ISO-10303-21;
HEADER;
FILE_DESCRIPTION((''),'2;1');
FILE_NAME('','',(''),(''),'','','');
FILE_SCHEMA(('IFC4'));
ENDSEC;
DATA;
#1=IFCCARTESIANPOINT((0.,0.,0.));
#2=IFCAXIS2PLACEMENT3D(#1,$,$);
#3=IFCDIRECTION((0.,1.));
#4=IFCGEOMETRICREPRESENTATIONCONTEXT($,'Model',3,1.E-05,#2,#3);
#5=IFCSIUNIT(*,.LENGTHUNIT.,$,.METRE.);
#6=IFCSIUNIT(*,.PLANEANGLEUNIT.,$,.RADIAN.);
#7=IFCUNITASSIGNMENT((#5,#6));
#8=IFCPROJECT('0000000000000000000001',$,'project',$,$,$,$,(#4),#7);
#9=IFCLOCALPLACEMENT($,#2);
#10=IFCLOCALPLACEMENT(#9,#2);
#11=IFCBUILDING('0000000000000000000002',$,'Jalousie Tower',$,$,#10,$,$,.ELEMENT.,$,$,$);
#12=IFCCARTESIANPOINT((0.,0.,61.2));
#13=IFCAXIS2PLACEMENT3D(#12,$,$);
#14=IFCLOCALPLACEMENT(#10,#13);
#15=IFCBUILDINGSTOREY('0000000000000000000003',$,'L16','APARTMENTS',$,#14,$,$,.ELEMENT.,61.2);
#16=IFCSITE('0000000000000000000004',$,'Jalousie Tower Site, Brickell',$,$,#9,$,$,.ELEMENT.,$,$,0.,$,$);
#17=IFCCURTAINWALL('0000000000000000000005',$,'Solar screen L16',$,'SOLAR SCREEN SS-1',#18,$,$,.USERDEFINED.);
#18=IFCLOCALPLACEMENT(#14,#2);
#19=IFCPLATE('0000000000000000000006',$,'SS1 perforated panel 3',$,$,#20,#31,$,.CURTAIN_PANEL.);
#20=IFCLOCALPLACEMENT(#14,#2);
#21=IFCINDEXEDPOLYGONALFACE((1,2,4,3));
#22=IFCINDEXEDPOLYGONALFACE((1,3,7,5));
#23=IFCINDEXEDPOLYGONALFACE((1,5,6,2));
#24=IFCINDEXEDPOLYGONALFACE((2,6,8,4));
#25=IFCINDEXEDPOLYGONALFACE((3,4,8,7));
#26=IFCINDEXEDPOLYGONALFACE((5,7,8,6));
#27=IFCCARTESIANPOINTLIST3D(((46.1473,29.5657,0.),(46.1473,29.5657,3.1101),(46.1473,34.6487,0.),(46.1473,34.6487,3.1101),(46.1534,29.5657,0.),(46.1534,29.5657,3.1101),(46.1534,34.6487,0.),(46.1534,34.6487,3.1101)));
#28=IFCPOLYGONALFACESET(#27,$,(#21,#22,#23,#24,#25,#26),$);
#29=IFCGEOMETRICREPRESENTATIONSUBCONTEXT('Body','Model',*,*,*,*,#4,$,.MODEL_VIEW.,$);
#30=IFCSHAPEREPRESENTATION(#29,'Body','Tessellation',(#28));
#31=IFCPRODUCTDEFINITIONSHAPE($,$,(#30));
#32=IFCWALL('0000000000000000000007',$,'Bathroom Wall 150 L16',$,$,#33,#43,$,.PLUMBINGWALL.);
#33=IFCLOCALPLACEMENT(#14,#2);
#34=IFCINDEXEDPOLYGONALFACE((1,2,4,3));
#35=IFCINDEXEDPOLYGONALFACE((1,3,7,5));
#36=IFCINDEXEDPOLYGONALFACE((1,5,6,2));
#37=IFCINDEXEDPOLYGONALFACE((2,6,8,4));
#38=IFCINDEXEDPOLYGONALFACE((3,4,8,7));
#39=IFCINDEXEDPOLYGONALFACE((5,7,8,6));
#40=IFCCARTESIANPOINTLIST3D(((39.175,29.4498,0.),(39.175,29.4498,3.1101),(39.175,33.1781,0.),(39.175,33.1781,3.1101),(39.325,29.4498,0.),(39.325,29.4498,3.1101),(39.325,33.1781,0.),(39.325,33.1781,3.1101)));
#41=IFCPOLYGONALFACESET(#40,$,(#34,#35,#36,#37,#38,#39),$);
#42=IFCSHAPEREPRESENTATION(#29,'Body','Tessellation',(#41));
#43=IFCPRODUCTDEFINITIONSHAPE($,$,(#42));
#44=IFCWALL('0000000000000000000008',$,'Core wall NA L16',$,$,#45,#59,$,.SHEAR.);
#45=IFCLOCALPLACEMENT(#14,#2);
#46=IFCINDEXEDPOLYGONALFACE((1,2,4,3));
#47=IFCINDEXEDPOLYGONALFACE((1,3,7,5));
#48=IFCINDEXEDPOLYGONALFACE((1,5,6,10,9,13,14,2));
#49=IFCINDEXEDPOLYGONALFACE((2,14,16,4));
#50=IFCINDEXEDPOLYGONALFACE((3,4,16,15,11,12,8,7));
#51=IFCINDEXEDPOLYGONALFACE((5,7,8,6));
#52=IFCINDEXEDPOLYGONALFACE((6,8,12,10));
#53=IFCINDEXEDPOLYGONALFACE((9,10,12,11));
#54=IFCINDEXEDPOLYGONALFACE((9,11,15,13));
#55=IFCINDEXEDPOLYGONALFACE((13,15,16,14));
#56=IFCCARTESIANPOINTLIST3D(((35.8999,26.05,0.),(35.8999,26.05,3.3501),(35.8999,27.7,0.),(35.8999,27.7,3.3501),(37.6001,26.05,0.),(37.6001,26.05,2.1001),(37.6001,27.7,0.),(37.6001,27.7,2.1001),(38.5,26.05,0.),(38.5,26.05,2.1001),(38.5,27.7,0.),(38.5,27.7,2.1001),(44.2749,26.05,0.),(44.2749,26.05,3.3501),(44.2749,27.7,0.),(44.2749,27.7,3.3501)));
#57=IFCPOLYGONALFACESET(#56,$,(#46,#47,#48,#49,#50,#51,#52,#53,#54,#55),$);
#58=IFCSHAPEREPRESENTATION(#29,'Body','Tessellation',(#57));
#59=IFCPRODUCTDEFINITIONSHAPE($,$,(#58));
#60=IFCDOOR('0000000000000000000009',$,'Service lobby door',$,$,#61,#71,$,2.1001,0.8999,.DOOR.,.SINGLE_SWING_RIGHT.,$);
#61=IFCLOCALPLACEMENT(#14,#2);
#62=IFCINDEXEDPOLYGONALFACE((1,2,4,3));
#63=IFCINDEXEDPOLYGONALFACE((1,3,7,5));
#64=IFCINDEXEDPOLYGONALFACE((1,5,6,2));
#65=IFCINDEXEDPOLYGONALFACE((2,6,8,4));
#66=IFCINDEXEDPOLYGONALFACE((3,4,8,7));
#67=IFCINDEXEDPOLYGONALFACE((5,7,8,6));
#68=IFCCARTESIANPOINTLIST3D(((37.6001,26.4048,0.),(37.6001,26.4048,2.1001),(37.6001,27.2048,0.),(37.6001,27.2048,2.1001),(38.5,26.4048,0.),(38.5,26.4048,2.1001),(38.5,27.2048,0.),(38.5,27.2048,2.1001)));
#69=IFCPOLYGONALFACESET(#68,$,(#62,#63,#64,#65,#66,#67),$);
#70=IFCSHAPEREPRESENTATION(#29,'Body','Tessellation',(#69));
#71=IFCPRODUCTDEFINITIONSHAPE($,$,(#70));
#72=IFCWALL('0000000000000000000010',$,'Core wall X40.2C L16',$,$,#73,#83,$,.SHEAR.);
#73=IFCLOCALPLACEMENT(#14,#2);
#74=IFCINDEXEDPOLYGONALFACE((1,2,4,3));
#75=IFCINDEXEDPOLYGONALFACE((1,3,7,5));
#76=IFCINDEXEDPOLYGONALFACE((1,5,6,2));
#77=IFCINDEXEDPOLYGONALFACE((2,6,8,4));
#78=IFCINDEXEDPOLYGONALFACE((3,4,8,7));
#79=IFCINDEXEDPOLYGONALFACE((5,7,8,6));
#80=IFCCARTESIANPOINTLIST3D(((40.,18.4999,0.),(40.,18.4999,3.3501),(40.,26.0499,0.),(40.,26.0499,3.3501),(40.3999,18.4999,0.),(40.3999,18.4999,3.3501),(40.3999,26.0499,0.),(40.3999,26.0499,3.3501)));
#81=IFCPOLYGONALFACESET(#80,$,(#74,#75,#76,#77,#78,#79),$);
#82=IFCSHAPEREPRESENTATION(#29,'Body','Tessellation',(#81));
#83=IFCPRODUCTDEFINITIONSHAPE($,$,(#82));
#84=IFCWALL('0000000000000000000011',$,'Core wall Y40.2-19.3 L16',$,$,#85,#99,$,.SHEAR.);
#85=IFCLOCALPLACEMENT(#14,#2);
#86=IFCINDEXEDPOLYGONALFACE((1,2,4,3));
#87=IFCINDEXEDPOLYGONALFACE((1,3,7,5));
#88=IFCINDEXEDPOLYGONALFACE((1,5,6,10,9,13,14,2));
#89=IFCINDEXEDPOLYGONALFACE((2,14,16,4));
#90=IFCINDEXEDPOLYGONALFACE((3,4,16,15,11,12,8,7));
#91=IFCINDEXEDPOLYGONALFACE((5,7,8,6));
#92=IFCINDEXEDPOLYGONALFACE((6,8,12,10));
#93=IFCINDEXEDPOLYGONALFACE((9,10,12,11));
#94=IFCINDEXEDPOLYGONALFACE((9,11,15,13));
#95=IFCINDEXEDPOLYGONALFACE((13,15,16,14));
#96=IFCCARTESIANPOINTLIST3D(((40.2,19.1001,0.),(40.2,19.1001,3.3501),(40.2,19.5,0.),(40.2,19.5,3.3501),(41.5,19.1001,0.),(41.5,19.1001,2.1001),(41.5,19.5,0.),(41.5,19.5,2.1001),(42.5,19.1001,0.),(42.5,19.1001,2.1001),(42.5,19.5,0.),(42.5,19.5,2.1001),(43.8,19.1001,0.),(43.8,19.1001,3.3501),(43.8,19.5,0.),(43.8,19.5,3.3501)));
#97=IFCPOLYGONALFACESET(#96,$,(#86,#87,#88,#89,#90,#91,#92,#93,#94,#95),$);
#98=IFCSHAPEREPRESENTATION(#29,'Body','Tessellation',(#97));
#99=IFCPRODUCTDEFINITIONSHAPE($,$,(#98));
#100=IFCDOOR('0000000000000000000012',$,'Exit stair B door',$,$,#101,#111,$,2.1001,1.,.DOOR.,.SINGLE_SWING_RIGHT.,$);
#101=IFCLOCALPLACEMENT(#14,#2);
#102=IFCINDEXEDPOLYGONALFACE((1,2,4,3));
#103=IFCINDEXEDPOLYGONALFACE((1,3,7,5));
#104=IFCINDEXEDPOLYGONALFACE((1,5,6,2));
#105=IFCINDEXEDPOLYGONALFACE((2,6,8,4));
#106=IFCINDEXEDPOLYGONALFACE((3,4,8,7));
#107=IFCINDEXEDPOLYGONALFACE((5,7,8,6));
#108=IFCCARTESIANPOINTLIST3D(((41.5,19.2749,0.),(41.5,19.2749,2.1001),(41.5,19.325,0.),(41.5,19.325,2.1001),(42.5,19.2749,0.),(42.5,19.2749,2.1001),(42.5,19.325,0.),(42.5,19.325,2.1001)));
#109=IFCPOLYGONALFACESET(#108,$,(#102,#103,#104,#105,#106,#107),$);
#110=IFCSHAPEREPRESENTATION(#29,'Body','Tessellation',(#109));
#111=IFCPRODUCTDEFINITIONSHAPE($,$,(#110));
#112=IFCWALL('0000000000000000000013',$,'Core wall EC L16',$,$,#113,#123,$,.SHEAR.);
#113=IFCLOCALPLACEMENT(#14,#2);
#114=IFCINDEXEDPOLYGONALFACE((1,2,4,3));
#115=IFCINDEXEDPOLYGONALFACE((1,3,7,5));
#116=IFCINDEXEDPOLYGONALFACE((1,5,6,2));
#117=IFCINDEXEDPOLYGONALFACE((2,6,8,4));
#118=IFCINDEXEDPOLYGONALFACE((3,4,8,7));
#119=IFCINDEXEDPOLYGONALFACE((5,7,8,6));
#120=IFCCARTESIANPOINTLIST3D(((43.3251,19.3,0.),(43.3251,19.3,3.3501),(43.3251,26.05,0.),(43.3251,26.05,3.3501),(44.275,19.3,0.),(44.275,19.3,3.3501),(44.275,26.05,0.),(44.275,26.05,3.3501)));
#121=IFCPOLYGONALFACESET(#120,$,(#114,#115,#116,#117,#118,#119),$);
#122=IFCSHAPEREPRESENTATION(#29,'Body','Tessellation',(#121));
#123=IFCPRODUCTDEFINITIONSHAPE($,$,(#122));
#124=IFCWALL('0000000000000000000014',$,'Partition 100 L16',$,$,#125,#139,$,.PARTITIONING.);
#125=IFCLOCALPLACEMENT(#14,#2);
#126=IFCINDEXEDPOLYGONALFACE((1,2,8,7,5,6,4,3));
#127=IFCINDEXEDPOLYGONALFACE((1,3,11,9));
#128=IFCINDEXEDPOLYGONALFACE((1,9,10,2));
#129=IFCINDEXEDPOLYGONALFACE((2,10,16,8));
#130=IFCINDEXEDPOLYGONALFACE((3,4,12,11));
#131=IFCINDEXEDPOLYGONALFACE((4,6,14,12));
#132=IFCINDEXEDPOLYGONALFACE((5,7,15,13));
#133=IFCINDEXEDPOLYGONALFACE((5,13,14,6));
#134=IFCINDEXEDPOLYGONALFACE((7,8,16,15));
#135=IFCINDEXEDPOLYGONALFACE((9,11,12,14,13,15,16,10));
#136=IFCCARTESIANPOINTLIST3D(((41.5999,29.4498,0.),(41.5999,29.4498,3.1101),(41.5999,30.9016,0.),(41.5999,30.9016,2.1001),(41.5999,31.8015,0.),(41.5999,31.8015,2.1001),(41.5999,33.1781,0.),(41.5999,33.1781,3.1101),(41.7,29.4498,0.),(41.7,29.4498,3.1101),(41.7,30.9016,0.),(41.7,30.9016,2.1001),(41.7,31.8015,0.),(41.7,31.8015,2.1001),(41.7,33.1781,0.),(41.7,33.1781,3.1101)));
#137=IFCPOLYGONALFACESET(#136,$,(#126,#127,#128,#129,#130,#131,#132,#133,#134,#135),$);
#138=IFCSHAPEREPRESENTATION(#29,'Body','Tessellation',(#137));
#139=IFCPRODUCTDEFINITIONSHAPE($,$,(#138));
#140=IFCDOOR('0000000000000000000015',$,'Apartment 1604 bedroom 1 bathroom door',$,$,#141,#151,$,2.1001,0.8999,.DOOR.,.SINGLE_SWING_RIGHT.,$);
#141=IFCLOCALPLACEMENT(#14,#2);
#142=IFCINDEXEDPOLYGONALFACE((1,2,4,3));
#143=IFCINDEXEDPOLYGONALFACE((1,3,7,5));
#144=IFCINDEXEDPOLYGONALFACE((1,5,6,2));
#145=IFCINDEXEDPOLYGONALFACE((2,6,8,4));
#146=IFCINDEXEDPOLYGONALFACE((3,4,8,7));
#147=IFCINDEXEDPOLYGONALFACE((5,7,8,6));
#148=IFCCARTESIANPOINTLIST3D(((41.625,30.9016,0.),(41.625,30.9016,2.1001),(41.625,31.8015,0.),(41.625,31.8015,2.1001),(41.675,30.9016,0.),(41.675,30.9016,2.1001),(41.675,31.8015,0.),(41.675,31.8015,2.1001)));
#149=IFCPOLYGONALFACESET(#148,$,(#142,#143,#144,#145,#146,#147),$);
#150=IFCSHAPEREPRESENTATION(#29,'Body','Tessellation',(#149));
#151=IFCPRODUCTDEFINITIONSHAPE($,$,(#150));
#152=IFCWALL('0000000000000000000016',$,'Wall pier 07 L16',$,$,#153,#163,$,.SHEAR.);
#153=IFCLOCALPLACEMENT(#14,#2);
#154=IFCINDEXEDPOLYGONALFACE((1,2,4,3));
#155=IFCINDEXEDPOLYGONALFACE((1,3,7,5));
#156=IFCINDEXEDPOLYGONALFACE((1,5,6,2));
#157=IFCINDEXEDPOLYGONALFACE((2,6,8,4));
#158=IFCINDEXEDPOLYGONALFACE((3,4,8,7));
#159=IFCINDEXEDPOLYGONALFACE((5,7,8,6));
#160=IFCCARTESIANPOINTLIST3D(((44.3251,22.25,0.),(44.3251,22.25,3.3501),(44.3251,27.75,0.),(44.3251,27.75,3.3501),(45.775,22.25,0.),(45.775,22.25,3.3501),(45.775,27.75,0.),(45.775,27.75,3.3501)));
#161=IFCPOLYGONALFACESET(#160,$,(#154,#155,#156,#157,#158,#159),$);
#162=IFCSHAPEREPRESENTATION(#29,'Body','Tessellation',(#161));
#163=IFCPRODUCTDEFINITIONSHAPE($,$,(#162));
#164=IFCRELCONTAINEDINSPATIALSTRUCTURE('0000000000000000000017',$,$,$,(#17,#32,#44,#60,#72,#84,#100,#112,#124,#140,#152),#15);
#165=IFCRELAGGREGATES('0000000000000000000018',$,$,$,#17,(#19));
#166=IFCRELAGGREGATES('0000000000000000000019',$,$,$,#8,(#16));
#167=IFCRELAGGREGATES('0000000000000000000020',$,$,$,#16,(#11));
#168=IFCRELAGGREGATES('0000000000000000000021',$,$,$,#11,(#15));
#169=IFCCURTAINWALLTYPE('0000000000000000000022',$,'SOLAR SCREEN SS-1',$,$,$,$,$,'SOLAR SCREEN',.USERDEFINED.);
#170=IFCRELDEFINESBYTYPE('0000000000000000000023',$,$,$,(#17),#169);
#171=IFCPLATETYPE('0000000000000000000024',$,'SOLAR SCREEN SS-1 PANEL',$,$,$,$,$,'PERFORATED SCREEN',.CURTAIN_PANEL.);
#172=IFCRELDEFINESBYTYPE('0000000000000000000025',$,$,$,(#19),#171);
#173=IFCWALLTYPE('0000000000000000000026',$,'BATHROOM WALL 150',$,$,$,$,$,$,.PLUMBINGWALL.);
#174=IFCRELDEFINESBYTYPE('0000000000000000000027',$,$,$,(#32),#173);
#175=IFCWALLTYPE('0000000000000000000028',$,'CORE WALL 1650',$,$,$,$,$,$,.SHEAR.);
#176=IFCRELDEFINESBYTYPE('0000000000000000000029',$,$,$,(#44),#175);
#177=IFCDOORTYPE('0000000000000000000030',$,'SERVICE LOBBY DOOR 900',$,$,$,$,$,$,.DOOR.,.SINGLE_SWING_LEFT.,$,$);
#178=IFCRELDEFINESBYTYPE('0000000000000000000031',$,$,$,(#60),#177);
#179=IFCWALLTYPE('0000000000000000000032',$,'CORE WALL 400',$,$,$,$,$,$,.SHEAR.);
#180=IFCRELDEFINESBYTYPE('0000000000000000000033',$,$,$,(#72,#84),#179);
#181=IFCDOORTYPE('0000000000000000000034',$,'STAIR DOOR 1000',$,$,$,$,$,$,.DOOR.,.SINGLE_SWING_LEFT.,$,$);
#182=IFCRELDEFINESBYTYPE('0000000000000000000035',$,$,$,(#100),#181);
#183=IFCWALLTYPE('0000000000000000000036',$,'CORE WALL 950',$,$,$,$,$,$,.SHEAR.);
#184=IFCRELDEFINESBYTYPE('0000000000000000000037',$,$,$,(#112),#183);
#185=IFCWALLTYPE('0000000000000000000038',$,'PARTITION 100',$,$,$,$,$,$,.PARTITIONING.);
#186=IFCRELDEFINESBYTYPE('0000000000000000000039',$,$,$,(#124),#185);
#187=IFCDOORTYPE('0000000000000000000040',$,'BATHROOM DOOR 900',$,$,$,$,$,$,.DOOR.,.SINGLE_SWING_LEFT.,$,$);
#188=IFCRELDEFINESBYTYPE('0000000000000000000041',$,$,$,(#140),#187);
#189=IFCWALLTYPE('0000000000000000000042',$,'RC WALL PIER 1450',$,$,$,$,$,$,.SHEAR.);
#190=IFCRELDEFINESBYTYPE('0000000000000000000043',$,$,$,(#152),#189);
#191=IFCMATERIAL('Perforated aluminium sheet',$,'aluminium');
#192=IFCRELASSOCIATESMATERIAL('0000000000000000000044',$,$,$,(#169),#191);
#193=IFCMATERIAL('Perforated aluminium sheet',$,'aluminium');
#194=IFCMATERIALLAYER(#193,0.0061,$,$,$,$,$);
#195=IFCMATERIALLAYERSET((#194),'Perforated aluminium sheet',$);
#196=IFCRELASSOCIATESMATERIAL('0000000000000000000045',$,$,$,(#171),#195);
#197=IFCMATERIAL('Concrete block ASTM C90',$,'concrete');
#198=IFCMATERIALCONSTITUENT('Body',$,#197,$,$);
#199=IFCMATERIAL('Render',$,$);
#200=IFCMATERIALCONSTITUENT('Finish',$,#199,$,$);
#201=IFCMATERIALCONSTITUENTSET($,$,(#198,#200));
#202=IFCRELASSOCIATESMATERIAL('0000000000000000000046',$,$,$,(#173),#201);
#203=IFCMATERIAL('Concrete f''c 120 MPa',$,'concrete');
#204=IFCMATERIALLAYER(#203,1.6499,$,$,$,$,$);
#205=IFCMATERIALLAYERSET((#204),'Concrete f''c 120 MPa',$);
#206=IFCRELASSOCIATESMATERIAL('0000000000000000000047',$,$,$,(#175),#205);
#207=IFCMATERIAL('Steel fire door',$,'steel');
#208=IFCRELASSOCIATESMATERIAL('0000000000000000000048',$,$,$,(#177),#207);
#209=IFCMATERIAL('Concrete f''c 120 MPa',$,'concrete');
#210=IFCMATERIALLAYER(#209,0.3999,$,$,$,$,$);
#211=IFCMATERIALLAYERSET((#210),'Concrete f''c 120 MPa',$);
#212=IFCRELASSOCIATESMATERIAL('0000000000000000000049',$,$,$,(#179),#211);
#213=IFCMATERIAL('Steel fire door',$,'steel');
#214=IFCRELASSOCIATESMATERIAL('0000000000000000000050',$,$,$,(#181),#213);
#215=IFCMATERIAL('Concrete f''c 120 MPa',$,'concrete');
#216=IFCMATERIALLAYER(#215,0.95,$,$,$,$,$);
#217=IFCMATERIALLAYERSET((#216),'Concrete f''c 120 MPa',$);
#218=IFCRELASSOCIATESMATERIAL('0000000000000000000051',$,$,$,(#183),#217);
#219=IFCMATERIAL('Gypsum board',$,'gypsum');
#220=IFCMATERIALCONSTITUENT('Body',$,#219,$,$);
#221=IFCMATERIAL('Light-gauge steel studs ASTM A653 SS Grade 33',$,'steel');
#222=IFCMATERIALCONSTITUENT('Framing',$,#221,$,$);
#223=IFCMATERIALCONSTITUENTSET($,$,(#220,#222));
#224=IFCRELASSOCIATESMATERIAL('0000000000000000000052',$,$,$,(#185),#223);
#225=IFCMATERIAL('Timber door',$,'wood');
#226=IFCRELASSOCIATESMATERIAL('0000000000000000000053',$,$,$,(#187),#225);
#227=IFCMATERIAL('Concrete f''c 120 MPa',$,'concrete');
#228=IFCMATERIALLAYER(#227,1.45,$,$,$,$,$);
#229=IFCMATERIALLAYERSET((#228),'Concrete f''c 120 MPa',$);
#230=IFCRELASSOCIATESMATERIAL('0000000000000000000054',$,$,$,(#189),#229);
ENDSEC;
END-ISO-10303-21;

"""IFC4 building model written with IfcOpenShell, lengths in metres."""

from ifc_helpers import new_model, si_unit, direction, frame, frame_2d, origin, origin_2d, place, context, subcontext, project, spatial, rectangle, extrude, material, layer, layer_set, constituent, constituent_set, type_object, element, fill, aggregate, save


model = new_model("IFC4")

# Units and contexts
model_context = context("Model", 3, precision=1e-05, world=origin(), true_north=direction((0.0, 1.0)))
body_context = subcontext(model_context, "Body", "Model", "MODEL_VIEW")
ifc_project = project(units=[si_unit("LENGTHUNIT", "METRE"), si_unit("PLANEANGLEUNIT", "RADIAN")], contexts=[model_context])

# Site, building, storey
site_placement = place(None, origin())
site = spatial("IfcSite", under=ifc_project, at=site_placement, Name="Jalousie Tower Site, Brickell", CompositionType="ELEMENT", RefElevation=0.0)
building_placement = place(site_placement, origin())
building = spatial("IfcBuilding", under=site, at=building_placement, Name="Jalousie Tower", CompositionType="ELEMENT")
storey_placement = place(building_placement, frame((0.0, 0.0, 61.2)))
storey = spatial("IfcBuildingStorey", under=building, at=storey_placement, Name="L16", Description="APARTMENTS", CompositionType="ELEMENT", Elevation=61.2)

# Curtain wall, plate
ifc_material_1 = material(Name="Perforated aluminium sheet", Category="aluminium")
curtain_wall_type = type_object("IfcCurtainWallType", Name="SOLAR SCREEN SS-1", ElementType="SOLAR SCREEN", PredefinedType="USERDEFINED", material=ifc_material_1)
curtain_wall_placement = place(storey_placement, origin())
curtain_wall = element("IfcCurtainWall", 1, at=curtain_wall_placement, inside=storey, type_object=curtain_wall_type, Name="Solar screen L16", ObjectType="SOLAR SCREEN SS-1", PredefinedType="USERDEFINED")
ifc_material_2 = material(Name="Perforated aluminium sheet", Category="aluminium")
ifc_layer_1 = layer(ifc_material_2, 0.0061)
ifc_layer_set_1 = layer_set([ifc_layer_1], Name="Perforated aluminium sheet")
plate_type = type_object("IfcPlateType", Name="SOLAR SCREEN SS-1 PANEL", ElementType="PERFORATED SCREEN", PredefinedType="CURTAIN_PANEL", material=ifc_layer_set_1)
plate_1_placement = place(storey_placement, frame((46.1504, 32.1072, 0.0), z_axis=(0.0, 0.0, 1.0), x_axis=(0.0, 1.0, 0.0)))
plate_1 = element("IfcPlate", 2, at=plate_1_placement, type_object=plate_type, Name="SS1 perforated panel 3", PredefinedType="CURTAIN_PANEL", context=body_context, shape_type="SweptSolid", body=[
    extrude(rectangle(XDim=5.083, YDim=0.0061, at=origin_2d()), origin(), (0.0, 0.0, 1.0), 3.1101),
])
aggregate(curtain_wall, [plate_1])

# Wall
ifc_material_3 = material(Name="Concrete block ASTM C90", Category="concrete")
ifc_constituent_1 = constituent(ifc_material_3, Name="Body")
ifc_material_4 = material(Name="Render")
ifc_constituent_2 = constituent(ifc_material_4, Name="Finish")
ifc_constituent_set_1 = constituent_set(constituents=[ifc_constituent_1, ifc_constituent_2])
wall_type_1 = type_object("IfcWallType", Name="BATHROOM WALL 150", PredefinedType="PLUMBINGWALL", material=ifc_constituent_set_1)
wall_1_placement = place(storey_placement, frame((39.25, 33.1782, 0.0), z_axis=(0.0, 0.0, 1.0), x_axis=(0.0, -1.0, 0.0)))
element("IfcWall", 3, at=wall_1_placement, inside=storey, type_object=wall_type_1, Name="Bathroom Wall 150 L16", PredefinedType="PLUMBINGWALL", context=body_context, shape_type="SweptSolid", body=[
    extrude(rectangle(XDim=3.7283, YDim=0.1499, at=frame_2d((1.8643, 0.0))), origin(), (0.0, 0.0, 1.0), 3.1101),
])

# Wall, opening, door
ifc_material_5 = material(Name="Concrete f'c 120 MPa", Category="concrete")
ifc_layer_2 = layer(ifc_material_5, 1.6499)
ifc_layer_set_2 = layer_set([ifc_layer_2], Name="Concrete f'c 120 MPa")
wall_type_2 = type_object("IfcWallType", Name="CORE WALL 1650", PredefinedType="SHEAR", material=ifc_layer_set_2)
wall_2_placement = place(storey_placement, frame((44.2749, 26.875, 0.0), z_axis=(0.0, 0.0, 1.0), x_axis=(-1.0, 0.0, 0.0)))
wall_2 = element("IfcWall", 4, at=wall_2_placement, inside=storey, type_object=wall_type_2, Name="Core wall NA L16", PredefinedType="SHEAR", context=body_context, shape_type="SweptSolid", body=[
    extrude(rectangle(XDim=8.375, YDim=1.6499, at=frame_2d((4.1875, 0.0))), origin(), (0.0, 0.0, 1.0), 3.3501),
])
opening_1_placement = place(wall_2_placement, frame((5.7749, 0.0, 0.0)))
opening_1 = element("IfcOpeningElement", 5, at=opening_1_placement, cuts=wall_2, PredefinedType="OPENING", context=body_context, shape_type="SweptSolid", body=[
    extrude(rectangle(XDim=0.8999, YDim=2.1001, at=frame_2d((0.45, 1.05))), frame((0.0, 0.835, 0.0), z_axis=(0.0, -1.0, 0.0), x_axis=(1.0, 0.0, 0.0)), (0.0, 0.0, 1.0), 1.6699),
])
ifc_material_6 = material(Name="Steel fire door", Category="steel")
door_type_1 = type_object("IfcDoorType", Name="SERVICE LOBBY DOOR 900", OperationType="SINGLE_SWING_LEFT", PredefinedType="DOOR", material=ifc_material_6)
door_1_placement = place(opening_1_placement, origin())
door_1 = element("IfcDoor", 6, at=door_1_placement, inside=storey, type_object=door_type_1, Name="Service lobby door", OperationType="SINGLE_SWING_RIGHT", OverallHeight=2.1001, OverallWidth=0.8999, PredefinedType="DOOR", context=body_context, shape_type="SweptSolid", body=[
    extrude(rectangle(XDim=0.8999, YDim=2.1001, at=frame_2d((0.45, 1.05))), frame((0.0, 0.4702, 0.0), z_axis=(0.0, -1.0, 0.0), x_axis=(1.0, 0.0, 0.0)), (0.0, 0.0, 1.0), 0.8),
])
fill(opening_1, door_1)

# Wall
ifc_material_7 = material(Name="Concrete f'c 120 MPa", Category="concrete")
ifc_layer_3 = layer(ifc_material_7, 0.3999)
ifc_layer_set_3 = layer_set([ifc_layer_3], Name="Concrete f'c 120 MPa")
wall_type_3 = type_object("IfcWallType", Name="CORE WALL 400", PredefinedType="SHEAR", material=ifc_layer_set_3)
wall_3_placement = place(storey_placement, frame((40.2, 18.5, 0.0), z_axis=(0.0, 0.0, 1.0), x_axis=(0.0, 1.0, 0.0)))
element("IfcWall", 7, at=wall_3_placement, inside=storey, type_object=wall_type_3, Name="Core wall X40.2C L16", PredefinedType="SHEAR", context=body_context, shape_type="SweptSolid", body=[
    extrude(rectangle(XDim=7.55, YDim=0.3999, at=frame_2d((3.7749, 0.0))), origin(), (0.0, 0.0, 1.0), 3.3501),
])

# Wall, opening, door
wall_4_placement = place(storey_placement, frame((40.2, 19.3, 0.0), z_axis=(0.0, 0.0, 1.0), x_axis=(1.0, 0.0, 0.0)))
wall_4 = element("IfcWall", 8, at=wall_4_placement, inside=storey, type_object=wall_type_3, Name="Core wall Y40.2-19.3 L16", PredefinedType="SHEAR", context=body_context, shape_type="SweptSolid", body=[
    extrude(rectangle(XDim=3.6001, YDim=0.3999, at=frame_2d((1.8, 0.0))), origin(), (0.0, 0.0, 1.0), 3.3501),
])
opening_2_placement = place(wall_4_placement, frame((1.3, 0.0, 0.0)))
opening_2 = element("IfcOpeningElement", 9, at=opening_2_placement, cuts=wall_4, PredefinedType="OPENING", context=body_context, shape_type="SweptSolid", body=[
    extrude(rectangle(XDim=1.0, YDim=2.1001, at=frame_2d((0.5, 1.05))), frame((0.0, 0.21, 0.0), z_axis=(0.0, -1.0, 0.0), x_axis=(1.0, 0.0, 0.0)), (0.0, 0.0, 1.0), 0.4199),
])
ifc_material_8 = material(Name="Steel fire door", Category="steel")
door_type_2 = type_object("IfcDoorType", Name="STAIR DOOR 1000", OperationType="SINGLE_SWING_LEFT", PredefinedType="DOOR", material=ifc_material_8)
door_2_placement = place(opening_2_placement, origin())
door_2 = element("IfcDoor", 10, at=door_2_placement, inside=storey, type_object=door_type_2, Name="Exit stair B door", OperationType="SINGLE_SWING_RIGHT", OverallHeight=2.1001, OverallWidth=1.0, PredefinedType="DOOR", context=body_context, shape_type="SweptSolid", body=[
    extrude(rectangle(XDim=1.0, YDim=2.1001, at=frame_2d((0.5, 1.05))), frame((0.0, 0.0249, 0.0), z_axis=(0.0, -1.0, 0.0), x_axis=(1.0, 0.0, 0.0)), (0.0, 0.0, 1.0), 0.05),
])
fill(opening_2, door_2)

# Wall
ifc_material_9 = material(Name="Concrete f'c 120 MPa", Category="concrete")
ifc_layer_4 = layer(ifc_material_9, 0.95)
ifc_layer_set_4 = layer_set([ifc_layer_4], Name="Concrete f'c 120 MPa")
wall_type_4 = type_object("IfcWallType", Name="CORE WALL 950", PredefinedType="SHEAR", material=ifc_layer_set_4)
wall_5_placement = place(storey_placement, frame((43.8, 19.3, 0.0), z_axis=(0.0, 0.0, 1.0), x_axis=(0.0, 1.0, 0.0)))
element("IfcWall", 11, at=wall_5_placement, inside=storey, type_object=wall_type_4, Name="Core wall EC L16", PredefinedType="SHEAR", context=body_context, shape_type="SweptSolid", body=[
    extrude(rectangle(XDim=6.75, YDim=0.95, at=frame_2d((3.375, 0.0))), origin(), (0.0, 0.0, 1.0), 3.3501),
])

# Wall, opening, door
ifc_material_10 = material(Name="Gypsum board", Category="gypsum")
ifc_constituent_3 = constituent(ifc_material_10, Name="Body")
ifc_material_11 = material(Name="Light-gauge steel studs ASTM A653 SS Grade 33", Category="steel")
ifc_constituent_4 = constituent(ifc_material_11, Name="Framing")
ifc_constituent_set_2 = constituent_set(constituents=[ifc_constituent_3, ifc_constituent_4])
wall_type_5 = type_object("IfcWallType", Name="PARTITION 100", PredefinedType="PARTITIONING", material=ifc_constituent_set_2)
wall_6_placement = place(storey_placement, frame((41.6499, 33.1782, 0.0), z_axis=(0.0, 0.0, 1.0), x_axis=(0.0, -1.0, 0.0)))
wall_6 = element("IfcWall", 12, at=wall_6_placement, inside=storey, type_object=wall_type_5, Name="Partition 100 L16", PredefinedType="PARTITIONING", context=body_context, shape_type="SweptSolid", body=[
    extrude(rectangle(XDim=3.7283, YDim=0.1001, at=frame_2d((1.8643, 0.0))), origin(), (0.0, 0.0, 1.0), 3.1101),
])
opening_3_placement = place(wall_6_placement, frame((1.3767, 0.0, 0.0)))
opening_3 = element("IfcOpeningElement", 13, at=opening_3_placement, cuts=wall_6, PredefinedType="OPENING", context=body_context, shape_type="SweptSolid", body=[
    extrude(rectangle(XDim=0.8999, YDim=2.1001, at=frame_2d((0.45, 1.05))), frame((0.0, 0.0601, 0.0), z_axis=(0.0, -1.0, 0.0), x_axis=(1.0, 0.0, 0.0)), (0.0, 0.0, 1.0), 0.1201),
])
ifc_material_12 = material(Name="Timber door", Category="wood")
door_type_3 = type_object("IfcDoorType", Name="BATHROOM DOOR 900", OperationType="SINGLE_SWING_LEFT", PredefinedType="DOOR", material=ifc_material_12)
door_3_placement = place(opening_3_placement, frame((0.8999, 0.0, 0.0), z_axis=(0.0, 0.0, 1.0), x_axis=(-1.0, 0.0, 0.0)))
door_3 = element("IfcDoor", 14, at=door_3_placement, inside=storey, type_object=door_type_3, Name="Apartment 1604 bedroom 1 bathroom door", OperationType="SINGLE_SWING_RIGHT", OverallHeight=2.1001, OverallWidth=0.8999, PredefinedType="DOOR", context=body_context, shape_type="SweptSolid", body=[
    extrude(rectangle(XDim=0.8999, YDim=2.1001, at=frame_2d((0.45, 1.05))), frame((0.0, 0.0249, 0.0), z_axis=(0.0, -1.0, 0.0), x_axis=(1.0, 0.0, 0.0)), (0.0, 0.0, 1.0), 0.05),
])
fill(opening_3, door_3)

# Wall
ifc_material_13 = material(Name="Concrete f'c 120 MPa", Category="concrete")
ifc_layer_5 = layer(ifc_material_13, 1.45)
ifc_layer_set_5 = layer_set([ifc_layer_5], Name="Concrete f'c 120 MPa")
wall_type_6 = type_object("IfcWallType", Name="RC WALL PIER 1450", PredefinedType="SHEAR", material=ifc_layer_set_5)
wall_7_placement = place(storey_placement, frame((45.05, 22.25, 0.0), z_axis=(0.0, 0.0, 1.0), x_axis=(0.0, 1.0, 0.0)))
element("IfcWall", 15, at=wall_7_placement, inside=storey, type_object=wall_type_6, Name="Wall pier 07 L16", PredefinedType="SHEAR", context=body_context, shape_type="SweptSolid", body=[
    extrude(rectangle(XDim=5.5, YDim=1.45, at=frame_2d((2.75, 0.0))), origin(), (0.0, 0.0, 1.0), 3.3501),
])

save(model, "model.ifc")
